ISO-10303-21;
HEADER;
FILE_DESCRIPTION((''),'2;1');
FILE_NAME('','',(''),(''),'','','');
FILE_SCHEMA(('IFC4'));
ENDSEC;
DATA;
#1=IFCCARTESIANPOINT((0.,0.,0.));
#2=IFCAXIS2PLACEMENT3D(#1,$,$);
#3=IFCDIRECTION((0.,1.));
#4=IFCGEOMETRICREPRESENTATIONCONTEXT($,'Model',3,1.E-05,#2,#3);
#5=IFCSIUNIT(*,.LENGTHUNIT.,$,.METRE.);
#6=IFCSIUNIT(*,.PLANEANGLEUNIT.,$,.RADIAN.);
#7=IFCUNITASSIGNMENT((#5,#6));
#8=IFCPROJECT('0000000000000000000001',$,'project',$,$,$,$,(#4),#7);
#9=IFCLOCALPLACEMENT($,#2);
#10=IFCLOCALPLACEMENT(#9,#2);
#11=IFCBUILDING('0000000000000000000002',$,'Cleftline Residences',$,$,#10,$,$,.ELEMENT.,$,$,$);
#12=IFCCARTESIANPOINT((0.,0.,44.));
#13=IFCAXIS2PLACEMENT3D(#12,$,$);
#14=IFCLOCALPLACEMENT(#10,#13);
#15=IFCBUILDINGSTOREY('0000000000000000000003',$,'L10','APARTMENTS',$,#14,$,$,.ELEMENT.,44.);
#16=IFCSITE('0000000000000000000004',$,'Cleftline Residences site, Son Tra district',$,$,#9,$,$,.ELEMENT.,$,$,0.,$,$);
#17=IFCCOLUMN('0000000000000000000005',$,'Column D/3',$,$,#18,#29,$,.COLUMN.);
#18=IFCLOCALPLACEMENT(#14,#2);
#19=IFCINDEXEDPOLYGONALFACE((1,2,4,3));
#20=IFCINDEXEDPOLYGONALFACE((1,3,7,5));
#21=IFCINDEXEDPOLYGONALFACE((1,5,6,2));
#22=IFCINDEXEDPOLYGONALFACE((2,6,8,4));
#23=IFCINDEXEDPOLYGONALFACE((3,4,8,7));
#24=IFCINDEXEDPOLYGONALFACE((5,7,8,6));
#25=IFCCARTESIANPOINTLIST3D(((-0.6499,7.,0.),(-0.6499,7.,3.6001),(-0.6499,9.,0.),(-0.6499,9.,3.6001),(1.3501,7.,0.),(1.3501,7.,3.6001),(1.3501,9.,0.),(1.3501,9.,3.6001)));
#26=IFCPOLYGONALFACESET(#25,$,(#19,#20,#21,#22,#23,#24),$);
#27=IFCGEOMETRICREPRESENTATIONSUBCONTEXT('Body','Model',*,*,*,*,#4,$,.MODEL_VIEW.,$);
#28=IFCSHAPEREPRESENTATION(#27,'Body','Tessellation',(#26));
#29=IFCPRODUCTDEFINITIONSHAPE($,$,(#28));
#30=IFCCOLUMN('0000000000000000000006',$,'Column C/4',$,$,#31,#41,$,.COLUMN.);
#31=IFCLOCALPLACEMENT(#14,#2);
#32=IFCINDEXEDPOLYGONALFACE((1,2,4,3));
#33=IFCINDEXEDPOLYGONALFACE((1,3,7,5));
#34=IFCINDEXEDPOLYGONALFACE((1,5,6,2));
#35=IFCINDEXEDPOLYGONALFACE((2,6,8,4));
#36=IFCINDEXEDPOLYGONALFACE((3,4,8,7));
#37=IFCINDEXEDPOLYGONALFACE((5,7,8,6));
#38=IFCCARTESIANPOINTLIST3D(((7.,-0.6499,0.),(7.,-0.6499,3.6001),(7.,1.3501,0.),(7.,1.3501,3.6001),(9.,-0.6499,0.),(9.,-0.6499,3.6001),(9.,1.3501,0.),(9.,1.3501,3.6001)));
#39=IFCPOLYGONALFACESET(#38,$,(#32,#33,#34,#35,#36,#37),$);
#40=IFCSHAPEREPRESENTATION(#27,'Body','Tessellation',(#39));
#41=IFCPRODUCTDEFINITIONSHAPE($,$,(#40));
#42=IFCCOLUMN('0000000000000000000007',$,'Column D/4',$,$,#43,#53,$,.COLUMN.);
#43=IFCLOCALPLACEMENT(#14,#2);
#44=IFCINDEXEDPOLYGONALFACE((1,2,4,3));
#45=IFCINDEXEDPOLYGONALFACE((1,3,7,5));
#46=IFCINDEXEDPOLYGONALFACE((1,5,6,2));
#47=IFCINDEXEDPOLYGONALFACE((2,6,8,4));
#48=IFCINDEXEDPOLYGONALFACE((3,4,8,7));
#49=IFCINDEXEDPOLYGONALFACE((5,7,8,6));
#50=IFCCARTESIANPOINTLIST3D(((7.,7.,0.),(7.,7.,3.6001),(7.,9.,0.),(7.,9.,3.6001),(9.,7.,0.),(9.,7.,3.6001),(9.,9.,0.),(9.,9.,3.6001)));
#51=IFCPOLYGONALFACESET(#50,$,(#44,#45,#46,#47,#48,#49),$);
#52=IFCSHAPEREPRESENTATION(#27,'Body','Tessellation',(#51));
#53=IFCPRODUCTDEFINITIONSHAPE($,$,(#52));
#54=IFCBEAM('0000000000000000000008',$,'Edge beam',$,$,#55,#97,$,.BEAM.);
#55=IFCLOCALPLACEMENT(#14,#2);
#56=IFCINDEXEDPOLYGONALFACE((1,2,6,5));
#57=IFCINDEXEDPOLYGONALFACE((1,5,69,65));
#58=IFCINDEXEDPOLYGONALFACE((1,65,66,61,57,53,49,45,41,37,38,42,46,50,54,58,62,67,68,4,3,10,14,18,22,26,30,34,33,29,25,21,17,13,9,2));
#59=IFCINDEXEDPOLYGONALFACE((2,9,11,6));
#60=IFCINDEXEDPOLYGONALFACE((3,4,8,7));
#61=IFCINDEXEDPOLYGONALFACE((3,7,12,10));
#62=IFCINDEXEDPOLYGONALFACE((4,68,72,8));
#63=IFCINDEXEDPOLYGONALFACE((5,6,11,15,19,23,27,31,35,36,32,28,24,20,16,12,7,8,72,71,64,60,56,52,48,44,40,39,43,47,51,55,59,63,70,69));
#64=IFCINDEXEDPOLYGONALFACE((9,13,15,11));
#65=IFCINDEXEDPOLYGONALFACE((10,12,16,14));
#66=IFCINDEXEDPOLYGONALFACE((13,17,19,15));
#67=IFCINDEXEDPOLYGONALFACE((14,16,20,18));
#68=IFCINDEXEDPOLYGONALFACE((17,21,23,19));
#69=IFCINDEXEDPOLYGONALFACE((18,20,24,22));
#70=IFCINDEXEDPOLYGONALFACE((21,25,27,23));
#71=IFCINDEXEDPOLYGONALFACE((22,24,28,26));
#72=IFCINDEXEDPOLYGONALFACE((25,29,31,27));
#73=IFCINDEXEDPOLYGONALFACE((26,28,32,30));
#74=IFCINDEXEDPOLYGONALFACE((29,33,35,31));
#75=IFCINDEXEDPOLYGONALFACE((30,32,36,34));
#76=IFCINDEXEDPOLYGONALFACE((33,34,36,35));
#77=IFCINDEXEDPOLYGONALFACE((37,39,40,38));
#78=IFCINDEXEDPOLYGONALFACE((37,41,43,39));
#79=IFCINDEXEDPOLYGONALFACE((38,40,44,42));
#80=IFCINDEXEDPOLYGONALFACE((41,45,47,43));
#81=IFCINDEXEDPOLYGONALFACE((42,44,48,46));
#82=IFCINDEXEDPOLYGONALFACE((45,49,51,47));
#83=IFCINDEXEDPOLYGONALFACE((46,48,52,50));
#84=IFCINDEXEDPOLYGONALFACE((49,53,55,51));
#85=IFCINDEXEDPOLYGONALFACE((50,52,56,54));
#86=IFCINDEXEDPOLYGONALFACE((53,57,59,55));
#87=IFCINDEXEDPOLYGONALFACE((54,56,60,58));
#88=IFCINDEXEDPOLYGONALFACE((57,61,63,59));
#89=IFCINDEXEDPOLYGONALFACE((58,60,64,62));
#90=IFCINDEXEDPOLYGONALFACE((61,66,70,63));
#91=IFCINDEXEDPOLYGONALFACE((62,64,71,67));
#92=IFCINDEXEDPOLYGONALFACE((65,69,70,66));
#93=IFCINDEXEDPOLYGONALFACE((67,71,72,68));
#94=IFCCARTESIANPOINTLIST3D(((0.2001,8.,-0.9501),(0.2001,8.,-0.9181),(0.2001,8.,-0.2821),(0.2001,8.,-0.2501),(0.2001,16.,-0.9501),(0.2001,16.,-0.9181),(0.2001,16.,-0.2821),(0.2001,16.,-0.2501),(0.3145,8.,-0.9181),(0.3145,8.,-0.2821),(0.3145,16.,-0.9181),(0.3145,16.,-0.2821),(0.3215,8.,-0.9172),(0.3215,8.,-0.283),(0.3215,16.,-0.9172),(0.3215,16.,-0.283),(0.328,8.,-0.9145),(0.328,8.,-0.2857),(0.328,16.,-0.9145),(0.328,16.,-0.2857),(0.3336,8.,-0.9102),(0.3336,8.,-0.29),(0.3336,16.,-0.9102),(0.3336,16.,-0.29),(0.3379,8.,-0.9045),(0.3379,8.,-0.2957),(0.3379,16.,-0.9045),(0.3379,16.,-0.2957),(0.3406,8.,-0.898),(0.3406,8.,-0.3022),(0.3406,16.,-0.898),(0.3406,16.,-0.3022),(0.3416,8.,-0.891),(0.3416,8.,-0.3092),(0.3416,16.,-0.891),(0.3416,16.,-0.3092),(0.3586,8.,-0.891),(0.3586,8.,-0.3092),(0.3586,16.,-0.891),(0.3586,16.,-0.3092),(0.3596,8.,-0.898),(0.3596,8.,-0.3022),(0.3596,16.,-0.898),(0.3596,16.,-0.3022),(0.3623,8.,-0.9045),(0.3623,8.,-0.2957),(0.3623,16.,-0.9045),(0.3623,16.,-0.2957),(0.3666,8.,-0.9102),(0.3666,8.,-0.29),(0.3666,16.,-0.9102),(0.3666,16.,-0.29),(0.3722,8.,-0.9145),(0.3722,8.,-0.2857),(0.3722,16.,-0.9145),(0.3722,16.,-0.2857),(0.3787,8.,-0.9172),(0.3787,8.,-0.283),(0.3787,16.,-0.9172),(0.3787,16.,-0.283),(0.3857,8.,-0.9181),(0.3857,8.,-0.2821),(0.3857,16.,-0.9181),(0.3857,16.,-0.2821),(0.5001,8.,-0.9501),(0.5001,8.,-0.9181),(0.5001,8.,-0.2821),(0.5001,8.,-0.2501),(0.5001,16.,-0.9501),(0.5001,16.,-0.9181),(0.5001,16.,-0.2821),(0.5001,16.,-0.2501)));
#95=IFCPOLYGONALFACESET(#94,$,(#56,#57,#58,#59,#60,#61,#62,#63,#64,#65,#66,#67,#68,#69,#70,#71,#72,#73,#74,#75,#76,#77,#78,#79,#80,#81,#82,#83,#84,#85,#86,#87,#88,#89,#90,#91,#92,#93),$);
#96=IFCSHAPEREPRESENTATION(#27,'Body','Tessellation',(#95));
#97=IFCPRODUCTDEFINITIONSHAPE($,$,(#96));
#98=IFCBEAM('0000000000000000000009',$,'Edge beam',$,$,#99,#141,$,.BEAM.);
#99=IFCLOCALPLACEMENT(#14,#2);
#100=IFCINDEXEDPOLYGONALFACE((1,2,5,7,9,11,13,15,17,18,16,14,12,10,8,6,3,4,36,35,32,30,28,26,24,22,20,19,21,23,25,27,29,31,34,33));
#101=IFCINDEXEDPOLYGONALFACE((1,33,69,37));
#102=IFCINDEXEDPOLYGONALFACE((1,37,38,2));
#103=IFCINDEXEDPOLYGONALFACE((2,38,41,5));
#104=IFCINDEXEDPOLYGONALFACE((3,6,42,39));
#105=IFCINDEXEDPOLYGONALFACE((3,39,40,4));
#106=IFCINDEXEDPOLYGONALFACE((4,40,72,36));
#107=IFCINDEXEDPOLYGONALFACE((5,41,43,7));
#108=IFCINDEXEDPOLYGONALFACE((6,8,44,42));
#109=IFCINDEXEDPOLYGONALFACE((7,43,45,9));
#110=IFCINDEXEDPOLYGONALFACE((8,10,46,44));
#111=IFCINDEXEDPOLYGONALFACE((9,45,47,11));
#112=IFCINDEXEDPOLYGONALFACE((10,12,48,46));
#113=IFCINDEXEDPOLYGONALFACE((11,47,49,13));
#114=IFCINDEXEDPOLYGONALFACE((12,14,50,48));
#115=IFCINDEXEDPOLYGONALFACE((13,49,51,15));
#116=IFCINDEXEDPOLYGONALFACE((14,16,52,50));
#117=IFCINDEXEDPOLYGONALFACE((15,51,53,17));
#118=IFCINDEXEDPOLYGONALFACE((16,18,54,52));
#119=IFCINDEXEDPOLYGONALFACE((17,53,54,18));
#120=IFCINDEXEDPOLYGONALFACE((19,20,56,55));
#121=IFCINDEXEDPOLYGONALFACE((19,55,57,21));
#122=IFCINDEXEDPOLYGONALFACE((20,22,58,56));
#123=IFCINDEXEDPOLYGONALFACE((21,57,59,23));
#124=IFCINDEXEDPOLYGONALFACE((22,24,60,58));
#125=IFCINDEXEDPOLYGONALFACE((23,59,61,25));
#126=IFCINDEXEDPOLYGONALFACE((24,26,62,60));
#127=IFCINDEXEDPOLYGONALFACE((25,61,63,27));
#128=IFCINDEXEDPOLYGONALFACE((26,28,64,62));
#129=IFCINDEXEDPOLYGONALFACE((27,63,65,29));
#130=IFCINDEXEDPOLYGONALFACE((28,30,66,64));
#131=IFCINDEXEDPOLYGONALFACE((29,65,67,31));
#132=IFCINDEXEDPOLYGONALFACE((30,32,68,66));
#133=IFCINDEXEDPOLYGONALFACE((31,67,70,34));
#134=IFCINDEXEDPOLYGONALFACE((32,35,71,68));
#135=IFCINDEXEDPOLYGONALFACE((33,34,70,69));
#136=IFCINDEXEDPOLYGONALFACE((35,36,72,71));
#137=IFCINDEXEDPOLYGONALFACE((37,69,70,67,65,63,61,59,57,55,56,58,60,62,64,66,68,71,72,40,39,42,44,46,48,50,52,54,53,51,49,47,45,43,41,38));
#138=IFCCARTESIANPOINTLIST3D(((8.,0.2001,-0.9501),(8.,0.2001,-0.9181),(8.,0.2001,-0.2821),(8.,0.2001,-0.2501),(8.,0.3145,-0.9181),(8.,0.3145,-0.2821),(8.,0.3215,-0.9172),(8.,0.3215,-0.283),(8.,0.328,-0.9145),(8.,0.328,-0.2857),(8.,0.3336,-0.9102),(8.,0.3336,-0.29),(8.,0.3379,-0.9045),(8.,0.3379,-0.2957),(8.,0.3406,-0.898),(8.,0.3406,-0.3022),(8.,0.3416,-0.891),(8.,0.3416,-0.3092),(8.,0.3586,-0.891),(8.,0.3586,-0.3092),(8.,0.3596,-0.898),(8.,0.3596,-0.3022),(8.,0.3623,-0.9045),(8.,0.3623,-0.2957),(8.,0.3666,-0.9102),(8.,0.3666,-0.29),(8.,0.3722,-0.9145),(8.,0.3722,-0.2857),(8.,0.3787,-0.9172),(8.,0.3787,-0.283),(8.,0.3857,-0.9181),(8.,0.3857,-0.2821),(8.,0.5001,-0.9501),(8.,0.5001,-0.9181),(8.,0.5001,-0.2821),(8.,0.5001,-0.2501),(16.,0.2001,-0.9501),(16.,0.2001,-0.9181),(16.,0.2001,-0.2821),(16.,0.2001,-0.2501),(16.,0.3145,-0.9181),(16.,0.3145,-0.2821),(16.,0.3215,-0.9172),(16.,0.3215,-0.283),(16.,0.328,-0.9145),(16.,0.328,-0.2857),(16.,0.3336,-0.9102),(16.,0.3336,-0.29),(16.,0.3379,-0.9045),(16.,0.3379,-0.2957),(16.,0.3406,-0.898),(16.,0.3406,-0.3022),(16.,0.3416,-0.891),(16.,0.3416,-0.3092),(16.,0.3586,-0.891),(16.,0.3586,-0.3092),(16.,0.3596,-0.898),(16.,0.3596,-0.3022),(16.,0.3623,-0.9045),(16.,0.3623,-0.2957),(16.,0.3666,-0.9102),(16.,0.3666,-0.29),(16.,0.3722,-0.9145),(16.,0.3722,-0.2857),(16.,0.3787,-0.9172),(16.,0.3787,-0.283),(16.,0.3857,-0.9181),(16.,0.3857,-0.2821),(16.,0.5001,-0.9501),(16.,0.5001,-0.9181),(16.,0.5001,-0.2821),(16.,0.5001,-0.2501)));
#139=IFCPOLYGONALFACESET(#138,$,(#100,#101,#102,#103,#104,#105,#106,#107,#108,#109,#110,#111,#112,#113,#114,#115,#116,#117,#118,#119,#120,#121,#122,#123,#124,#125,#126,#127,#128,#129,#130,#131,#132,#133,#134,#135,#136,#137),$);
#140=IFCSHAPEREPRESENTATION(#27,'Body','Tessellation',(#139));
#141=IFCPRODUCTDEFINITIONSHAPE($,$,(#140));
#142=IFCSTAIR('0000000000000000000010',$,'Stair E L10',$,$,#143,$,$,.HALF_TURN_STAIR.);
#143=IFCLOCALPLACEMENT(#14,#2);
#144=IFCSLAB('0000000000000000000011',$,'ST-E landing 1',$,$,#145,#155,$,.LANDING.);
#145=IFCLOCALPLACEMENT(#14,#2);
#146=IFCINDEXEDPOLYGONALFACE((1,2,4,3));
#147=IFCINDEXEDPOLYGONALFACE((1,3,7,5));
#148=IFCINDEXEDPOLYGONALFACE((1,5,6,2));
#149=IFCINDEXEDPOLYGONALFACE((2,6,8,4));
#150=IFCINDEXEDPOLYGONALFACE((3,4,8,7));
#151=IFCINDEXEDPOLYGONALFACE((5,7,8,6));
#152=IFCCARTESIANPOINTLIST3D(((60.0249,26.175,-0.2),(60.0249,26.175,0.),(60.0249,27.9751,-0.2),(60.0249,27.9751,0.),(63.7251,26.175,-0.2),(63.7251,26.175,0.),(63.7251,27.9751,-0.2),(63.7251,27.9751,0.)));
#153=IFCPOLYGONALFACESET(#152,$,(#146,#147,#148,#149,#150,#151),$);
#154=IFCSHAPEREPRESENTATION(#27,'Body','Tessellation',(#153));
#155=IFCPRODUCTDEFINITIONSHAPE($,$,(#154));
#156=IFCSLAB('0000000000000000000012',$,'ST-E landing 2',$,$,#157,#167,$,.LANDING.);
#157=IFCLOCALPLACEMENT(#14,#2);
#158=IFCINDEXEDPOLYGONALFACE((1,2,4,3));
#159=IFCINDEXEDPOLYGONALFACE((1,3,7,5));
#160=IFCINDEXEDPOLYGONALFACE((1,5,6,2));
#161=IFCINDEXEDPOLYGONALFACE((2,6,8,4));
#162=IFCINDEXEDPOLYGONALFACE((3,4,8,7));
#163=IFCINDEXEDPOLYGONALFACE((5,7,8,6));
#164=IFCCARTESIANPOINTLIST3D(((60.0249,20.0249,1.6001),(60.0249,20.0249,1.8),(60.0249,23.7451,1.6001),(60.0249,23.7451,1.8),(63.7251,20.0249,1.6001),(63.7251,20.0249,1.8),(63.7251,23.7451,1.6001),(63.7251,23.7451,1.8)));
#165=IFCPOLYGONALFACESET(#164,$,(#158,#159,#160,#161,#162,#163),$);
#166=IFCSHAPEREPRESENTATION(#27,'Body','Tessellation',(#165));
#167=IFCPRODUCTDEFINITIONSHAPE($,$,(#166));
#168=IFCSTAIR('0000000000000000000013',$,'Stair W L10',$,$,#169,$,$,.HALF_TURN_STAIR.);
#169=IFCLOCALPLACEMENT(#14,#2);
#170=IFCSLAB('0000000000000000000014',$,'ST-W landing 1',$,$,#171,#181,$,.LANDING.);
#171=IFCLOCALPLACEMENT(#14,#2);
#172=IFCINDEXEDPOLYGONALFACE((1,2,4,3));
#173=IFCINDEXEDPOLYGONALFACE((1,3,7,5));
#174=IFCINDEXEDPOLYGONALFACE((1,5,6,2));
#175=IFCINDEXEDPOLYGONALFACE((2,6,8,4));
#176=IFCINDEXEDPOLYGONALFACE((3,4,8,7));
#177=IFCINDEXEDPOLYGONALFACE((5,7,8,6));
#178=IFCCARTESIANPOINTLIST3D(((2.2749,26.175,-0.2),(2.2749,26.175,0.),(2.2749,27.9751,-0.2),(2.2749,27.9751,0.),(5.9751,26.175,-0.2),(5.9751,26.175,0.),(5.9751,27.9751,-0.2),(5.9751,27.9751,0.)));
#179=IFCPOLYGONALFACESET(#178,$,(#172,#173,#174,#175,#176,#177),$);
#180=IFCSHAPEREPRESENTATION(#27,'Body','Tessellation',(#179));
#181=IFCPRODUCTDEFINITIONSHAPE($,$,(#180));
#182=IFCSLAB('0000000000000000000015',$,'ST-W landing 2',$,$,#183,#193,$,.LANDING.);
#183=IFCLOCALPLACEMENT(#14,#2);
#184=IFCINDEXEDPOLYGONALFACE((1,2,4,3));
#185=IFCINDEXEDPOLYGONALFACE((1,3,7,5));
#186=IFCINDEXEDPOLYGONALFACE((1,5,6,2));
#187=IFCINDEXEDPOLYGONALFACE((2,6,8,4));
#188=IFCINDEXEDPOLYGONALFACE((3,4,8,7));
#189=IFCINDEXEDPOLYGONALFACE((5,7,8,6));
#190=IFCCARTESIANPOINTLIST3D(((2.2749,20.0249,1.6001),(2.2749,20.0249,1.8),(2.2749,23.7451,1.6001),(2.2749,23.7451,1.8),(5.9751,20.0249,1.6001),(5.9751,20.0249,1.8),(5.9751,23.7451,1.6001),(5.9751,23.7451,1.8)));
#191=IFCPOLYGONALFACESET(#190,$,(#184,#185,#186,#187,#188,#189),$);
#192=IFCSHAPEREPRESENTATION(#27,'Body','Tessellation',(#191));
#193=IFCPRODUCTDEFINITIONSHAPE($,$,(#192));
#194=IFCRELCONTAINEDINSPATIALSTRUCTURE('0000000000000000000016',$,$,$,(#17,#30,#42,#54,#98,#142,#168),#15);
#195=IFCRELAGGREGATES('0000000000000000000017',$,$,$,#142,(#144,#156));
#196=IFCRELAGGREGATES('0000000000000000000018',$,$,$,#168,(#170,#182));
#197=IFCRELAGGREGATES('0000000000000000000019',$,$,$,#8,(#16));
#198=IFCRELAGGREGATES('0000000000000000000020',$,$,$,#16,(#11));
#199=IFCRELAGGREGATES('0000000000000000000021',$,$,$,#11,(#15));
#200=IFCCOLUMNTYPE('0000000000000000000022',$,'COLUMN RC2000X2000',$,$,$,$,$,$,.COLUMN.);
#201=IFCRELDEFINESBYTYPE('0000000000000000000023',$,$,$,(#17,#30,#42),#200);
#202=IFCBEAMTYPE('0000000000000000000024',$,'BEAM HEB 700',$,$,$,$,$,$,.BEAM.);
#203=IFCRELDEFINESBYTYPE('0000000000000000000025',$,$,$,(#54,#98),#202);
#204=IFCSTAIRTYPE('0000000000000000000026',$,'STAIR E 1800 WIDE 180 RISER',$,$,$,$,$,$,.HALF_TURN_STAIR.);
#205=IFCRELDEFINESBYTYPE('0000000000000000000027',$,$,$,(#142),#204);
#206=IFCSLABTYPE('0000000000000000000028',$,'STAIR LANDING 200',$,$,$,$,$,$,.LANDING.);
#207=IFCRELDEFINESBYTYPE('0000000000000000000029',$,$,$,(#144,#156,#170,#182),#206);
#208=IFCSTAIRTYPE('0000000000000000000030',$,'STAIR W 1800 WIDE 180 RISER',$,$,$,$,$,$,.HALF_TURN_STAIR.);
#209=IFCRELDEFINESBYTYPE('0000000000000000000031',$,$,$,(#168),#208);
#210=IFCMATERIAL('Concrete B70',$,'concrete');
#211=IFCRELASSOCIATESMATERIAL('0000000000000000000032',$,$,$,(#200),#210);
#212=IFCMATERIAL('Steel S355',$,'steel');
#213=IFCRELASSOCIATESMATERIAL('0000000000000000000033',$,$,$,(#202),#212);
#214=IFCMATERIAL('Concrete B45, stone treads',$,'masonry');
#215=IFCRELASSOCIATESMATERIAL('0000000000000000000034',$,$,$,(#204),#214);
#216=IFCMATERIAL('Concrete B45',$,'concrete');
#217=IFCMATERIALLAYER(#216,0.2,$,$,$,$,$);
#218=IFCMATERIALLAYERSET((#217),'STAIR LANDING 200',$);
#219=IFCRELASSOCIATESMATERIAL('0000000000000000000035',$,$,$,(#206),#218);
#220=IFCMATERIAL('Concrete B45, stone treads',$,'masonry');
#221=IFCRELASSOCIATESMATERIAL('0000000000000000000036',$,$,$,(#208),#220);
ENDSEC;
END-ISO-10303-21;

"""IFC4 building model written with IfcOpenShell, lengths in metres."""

from ifc_helpers import new_model, si_unit, direction, frame, origin, origin_2d, place, context, subcontext, project, spatial, polyline, rectangle, i_section, outline, extrude, material, layer, layer_set, material_profile, profile_set, type_object, element, aggregate, save


model = new_model("IFC4")

# Units and contexts
model_context = context("Model", 3, precision=1e-05, world=origin(), true_north=direction((0.0, 1.0)))
body_context = subcontext(model_context, "Body", "Model", "MODEL_VIEW")
ifc_project = project(units=[si_unit("LENGTHUNIT", "METRE"), si_unit("PLANEANGLEUNIT", "RADIAN")], contexts=[model_context])

# Site, building, storey
site_placement = place(None, origin())
site = spatial("IfcSite", under=ifc_project, at=site_placement, Name="Cleftline Residences site, Son Tra district", CompositionType="ELEMENT", RefElevation=0.0)
building_placement = place(site_placement, origin())
building = spatial("IfcBuilding", under=site, at=building_placement, Name="Cleftline Residences", CompositionType="ELEMENT")
storey_placement = place(building_placement, frame((0.0, 0.0, 44.0)))
storey = spatial("IfcBuildingStorey", under=building, at=storey_placement, Name="L10", Description="APARTMENTS", CompositionType="ELEMENT", Elevation=44.0)

# Columns
ifc_material_1 = material(Name="Concrete B70", Category="concrete")
ifc_material_profile_1 = material_profile(ifc_material_1, rectangle(XDim=2.0, YDim=2.0, at=origin_2d()))
ifc_profile_set_1 = profile_set([ifc_material_profile_1], Name="Concrete B70")
column_type = type_object("IfcColumnType", Name="COLUMN RC2000X2000", PredefinedType="COLUMN", material=ifc_profile_set_1)
for number, where, z_axis, x_axis, name in (
    (1, (0.3501, 8.0, 0.0), (0.0, 0.0, 1.0), (1.0, 0.0, 0.0), "Column D/3"),
    (2, (8.0, 0.3501, 0.0), (0.0, 0.0, 1.0), (1.0, 0.0, 0.0), "Column C/4"),
    (3, (8.0, 8.0, 0.0), (0.0, 0.0, 1.0), (1.0, 0.0, 0.0), "Column D/4"),
):
    element("IfcColumn", number, at=place(storey_placement, frame(where, z_axis=z_axis, x_axis=x_axis)), inside=storey, type_object=column_type, Name=name, PredefinedType="COLUMN", context=body_context, shape_type="SweptSolid", body=[
        extrude(rectangle(XDim=2.0, YDim=2.0, at=origin_2d()), origin(), (0.0, 0.0, 1.0), 3.6001),
    ])

# Beams
ifc_material_2 = material(Name="Steel S355", Category="steel")
ifc_material_profile_2 = material_profile(ifc_material_2, i_section(OverallWidth=0.3, OverallDepth=0.7, WebThickness=0.0171, FlangeThickness=0.032, FilletRadius=0.0271, at=origin_2d()))
ifc_profile_set_2 = profile_set([ifc_material_profile_2], Name="Steel S355")
beam_type = type_object("IfcBeamType", Name="BEAM HEB 700", PredefinedType="BEAM", material=ifc_profile_set_2)
for number, where, z_axis, x_axis, name in (
    (4, (0.3501, 8.0, -0.6001), (0.0, 1.0, 0.0), (-1.0, 0.0, 0.0), "Edge beam"),
    (5, (8.0, 0.3501, -0.6001), (1.0, 0.0, 0.0), (0.0, 1.0, 0.0), "Edge beam"),
):
    element("IfcBeam", number, at=place(storey_placement, frame(where, z_axis=z_axis, x_axis=x_axis)), inside=storey, type_object=beam_type, Name=name, PredefinedType="BEAM", context=body_context, shape_type="SweptSolid", body=[
        extrude(i_section(OverallWidth=0.3, OverallDepth=0.7, WebThickness=0.0171, FlangeThickness=0.032, FilletRadius=0.0271, at=origin_2d()), origin(), (0.0, 0.0, 1.0), 8.0),
    ])

# Stairs, slabs
ifc_material_3 = material(Name="Concrete B45, stone treads", Category="masonry")
stair_type_1 = type_object("IfcStairType", Name="STAIR E 1800 WIDE 180 RISER", PredefinedType="HALF_TURN_STAIR", material=ifc_material_3)
stair_1_placement = place(storey_placement, origin())
stair_1 = element("IfcStair", 6, at=stair_1_placement, inside=storey, type_object=stair_type_1, Name="Stair E L10", PredefinedType="HALF_TURN_STAIR")
ifc_material_4 = material(Name="Concrete B45", Category="concrete")
ifc_layer_1 = layer(ifc_material_4, 0.2)
ifc_layer_set_1 = layer_set([ifc_layer_1], Name="STAIR LANDING 200")
slab_type = type_object("IfcSlabType", Name="STAIR LANDING 200", PredefinedType="LANDING", material=ifc_layer_set_1)
slab_1_placement = place(storey_placement, frame((0.0, 0.0, -0.2)))
slab_1 = element("IfcSlab", 7, at=slab_1_placement, type_object=slab_type, Name="ST-E landing 1", PredefinedType="LANDING", context=body_context, shape_type="SweptSolid", body=[
    extrude(outline(polyline([(60.0249, 26.175), (63.7251, 26.175), (63.7251, 27.9751), (60.0249, 27.9751), (60.0249, 26.175)])), origin(), (0.0, 0.0, 1.0), 0.2),
])
slab_2_placement = place(storey_placement, frame((0.0, 0.0, 1.6001)))
slab_2 = element("IfcSlab", 8, at=slab_2_placement, type_object=slab_type, Name="ST-E landing 2", PredefinedType="LANDING", context=body_context, shape_type="SweptSolid", body=[
    extrude(outline(polyline([(60.0249, 20.0249), (63.7251, 20.0249), (63.7251, 23.7451), (60.0249, 23.7451), (60.0249, 20.0249)])), origin(), (0.0, 0.0, 1.0), 0.2),
])
aggregate(stair_1, [slab_1, slab_2])
ifc_material_5 = material(Name="Concrete B45, stone treads", Category="masonry")
stair_type_2 = type_object("IfcStairType", Name="STAIR W 1800 WIDE 180 RISER", PredefinedType="HALF_TURN_STAIR", material=ifc_material_5)
stair_2_placement = place(storey_placement, origin())
stair_2 = element("IfcStair", 9, at=stair_2_placement, inside=storey, type_object=stair_type_2, Name="Stair W L10", PredefinedType="HALF_TURN_STAIR")
slab_3_placement = place(storey_placement, frame((0.0, 0.0, -0.2)))
slab_3 = element("IfcSlab", 10, at=slab_3_placement, type_object=slab_type, Name="ST-W landing 1", PredefinedType="LANDING", context=body_context, shape_type="SweptSolid", body=[
    extrude(outline(polyline([(2.2749, 26.175), (5.9751, 26.175), (5.9751, 27.9751), (2.2749, 27.9751), (2.2749, 26.175)])), origin(), (0.0, 0.0, 1.0), 0.2),
])
slab_4_placement = place(storey_placement, frame((0.0, 0.0, 1.6001)))
slab_4 = element("IfcSlab", 11, at=slab_4_placement, type_object=slab_type, Name="ST-W landing 2", PredefinedType="LANDING", context=body_context, shape_type="SweptSolid", body=[
    extrude(outline(polyline([(2.2749, 20.0249), (5.9751, 20.0249), (5.9751, 23.7451), (2.2749, 23.7451), (2.2749, 20.0249)])), origin(), (0.0, 0.0, 1.0), 0.2),
])
aggregate(stair_2, [slab_3, slab_4])

save(model, "model.ifc")
